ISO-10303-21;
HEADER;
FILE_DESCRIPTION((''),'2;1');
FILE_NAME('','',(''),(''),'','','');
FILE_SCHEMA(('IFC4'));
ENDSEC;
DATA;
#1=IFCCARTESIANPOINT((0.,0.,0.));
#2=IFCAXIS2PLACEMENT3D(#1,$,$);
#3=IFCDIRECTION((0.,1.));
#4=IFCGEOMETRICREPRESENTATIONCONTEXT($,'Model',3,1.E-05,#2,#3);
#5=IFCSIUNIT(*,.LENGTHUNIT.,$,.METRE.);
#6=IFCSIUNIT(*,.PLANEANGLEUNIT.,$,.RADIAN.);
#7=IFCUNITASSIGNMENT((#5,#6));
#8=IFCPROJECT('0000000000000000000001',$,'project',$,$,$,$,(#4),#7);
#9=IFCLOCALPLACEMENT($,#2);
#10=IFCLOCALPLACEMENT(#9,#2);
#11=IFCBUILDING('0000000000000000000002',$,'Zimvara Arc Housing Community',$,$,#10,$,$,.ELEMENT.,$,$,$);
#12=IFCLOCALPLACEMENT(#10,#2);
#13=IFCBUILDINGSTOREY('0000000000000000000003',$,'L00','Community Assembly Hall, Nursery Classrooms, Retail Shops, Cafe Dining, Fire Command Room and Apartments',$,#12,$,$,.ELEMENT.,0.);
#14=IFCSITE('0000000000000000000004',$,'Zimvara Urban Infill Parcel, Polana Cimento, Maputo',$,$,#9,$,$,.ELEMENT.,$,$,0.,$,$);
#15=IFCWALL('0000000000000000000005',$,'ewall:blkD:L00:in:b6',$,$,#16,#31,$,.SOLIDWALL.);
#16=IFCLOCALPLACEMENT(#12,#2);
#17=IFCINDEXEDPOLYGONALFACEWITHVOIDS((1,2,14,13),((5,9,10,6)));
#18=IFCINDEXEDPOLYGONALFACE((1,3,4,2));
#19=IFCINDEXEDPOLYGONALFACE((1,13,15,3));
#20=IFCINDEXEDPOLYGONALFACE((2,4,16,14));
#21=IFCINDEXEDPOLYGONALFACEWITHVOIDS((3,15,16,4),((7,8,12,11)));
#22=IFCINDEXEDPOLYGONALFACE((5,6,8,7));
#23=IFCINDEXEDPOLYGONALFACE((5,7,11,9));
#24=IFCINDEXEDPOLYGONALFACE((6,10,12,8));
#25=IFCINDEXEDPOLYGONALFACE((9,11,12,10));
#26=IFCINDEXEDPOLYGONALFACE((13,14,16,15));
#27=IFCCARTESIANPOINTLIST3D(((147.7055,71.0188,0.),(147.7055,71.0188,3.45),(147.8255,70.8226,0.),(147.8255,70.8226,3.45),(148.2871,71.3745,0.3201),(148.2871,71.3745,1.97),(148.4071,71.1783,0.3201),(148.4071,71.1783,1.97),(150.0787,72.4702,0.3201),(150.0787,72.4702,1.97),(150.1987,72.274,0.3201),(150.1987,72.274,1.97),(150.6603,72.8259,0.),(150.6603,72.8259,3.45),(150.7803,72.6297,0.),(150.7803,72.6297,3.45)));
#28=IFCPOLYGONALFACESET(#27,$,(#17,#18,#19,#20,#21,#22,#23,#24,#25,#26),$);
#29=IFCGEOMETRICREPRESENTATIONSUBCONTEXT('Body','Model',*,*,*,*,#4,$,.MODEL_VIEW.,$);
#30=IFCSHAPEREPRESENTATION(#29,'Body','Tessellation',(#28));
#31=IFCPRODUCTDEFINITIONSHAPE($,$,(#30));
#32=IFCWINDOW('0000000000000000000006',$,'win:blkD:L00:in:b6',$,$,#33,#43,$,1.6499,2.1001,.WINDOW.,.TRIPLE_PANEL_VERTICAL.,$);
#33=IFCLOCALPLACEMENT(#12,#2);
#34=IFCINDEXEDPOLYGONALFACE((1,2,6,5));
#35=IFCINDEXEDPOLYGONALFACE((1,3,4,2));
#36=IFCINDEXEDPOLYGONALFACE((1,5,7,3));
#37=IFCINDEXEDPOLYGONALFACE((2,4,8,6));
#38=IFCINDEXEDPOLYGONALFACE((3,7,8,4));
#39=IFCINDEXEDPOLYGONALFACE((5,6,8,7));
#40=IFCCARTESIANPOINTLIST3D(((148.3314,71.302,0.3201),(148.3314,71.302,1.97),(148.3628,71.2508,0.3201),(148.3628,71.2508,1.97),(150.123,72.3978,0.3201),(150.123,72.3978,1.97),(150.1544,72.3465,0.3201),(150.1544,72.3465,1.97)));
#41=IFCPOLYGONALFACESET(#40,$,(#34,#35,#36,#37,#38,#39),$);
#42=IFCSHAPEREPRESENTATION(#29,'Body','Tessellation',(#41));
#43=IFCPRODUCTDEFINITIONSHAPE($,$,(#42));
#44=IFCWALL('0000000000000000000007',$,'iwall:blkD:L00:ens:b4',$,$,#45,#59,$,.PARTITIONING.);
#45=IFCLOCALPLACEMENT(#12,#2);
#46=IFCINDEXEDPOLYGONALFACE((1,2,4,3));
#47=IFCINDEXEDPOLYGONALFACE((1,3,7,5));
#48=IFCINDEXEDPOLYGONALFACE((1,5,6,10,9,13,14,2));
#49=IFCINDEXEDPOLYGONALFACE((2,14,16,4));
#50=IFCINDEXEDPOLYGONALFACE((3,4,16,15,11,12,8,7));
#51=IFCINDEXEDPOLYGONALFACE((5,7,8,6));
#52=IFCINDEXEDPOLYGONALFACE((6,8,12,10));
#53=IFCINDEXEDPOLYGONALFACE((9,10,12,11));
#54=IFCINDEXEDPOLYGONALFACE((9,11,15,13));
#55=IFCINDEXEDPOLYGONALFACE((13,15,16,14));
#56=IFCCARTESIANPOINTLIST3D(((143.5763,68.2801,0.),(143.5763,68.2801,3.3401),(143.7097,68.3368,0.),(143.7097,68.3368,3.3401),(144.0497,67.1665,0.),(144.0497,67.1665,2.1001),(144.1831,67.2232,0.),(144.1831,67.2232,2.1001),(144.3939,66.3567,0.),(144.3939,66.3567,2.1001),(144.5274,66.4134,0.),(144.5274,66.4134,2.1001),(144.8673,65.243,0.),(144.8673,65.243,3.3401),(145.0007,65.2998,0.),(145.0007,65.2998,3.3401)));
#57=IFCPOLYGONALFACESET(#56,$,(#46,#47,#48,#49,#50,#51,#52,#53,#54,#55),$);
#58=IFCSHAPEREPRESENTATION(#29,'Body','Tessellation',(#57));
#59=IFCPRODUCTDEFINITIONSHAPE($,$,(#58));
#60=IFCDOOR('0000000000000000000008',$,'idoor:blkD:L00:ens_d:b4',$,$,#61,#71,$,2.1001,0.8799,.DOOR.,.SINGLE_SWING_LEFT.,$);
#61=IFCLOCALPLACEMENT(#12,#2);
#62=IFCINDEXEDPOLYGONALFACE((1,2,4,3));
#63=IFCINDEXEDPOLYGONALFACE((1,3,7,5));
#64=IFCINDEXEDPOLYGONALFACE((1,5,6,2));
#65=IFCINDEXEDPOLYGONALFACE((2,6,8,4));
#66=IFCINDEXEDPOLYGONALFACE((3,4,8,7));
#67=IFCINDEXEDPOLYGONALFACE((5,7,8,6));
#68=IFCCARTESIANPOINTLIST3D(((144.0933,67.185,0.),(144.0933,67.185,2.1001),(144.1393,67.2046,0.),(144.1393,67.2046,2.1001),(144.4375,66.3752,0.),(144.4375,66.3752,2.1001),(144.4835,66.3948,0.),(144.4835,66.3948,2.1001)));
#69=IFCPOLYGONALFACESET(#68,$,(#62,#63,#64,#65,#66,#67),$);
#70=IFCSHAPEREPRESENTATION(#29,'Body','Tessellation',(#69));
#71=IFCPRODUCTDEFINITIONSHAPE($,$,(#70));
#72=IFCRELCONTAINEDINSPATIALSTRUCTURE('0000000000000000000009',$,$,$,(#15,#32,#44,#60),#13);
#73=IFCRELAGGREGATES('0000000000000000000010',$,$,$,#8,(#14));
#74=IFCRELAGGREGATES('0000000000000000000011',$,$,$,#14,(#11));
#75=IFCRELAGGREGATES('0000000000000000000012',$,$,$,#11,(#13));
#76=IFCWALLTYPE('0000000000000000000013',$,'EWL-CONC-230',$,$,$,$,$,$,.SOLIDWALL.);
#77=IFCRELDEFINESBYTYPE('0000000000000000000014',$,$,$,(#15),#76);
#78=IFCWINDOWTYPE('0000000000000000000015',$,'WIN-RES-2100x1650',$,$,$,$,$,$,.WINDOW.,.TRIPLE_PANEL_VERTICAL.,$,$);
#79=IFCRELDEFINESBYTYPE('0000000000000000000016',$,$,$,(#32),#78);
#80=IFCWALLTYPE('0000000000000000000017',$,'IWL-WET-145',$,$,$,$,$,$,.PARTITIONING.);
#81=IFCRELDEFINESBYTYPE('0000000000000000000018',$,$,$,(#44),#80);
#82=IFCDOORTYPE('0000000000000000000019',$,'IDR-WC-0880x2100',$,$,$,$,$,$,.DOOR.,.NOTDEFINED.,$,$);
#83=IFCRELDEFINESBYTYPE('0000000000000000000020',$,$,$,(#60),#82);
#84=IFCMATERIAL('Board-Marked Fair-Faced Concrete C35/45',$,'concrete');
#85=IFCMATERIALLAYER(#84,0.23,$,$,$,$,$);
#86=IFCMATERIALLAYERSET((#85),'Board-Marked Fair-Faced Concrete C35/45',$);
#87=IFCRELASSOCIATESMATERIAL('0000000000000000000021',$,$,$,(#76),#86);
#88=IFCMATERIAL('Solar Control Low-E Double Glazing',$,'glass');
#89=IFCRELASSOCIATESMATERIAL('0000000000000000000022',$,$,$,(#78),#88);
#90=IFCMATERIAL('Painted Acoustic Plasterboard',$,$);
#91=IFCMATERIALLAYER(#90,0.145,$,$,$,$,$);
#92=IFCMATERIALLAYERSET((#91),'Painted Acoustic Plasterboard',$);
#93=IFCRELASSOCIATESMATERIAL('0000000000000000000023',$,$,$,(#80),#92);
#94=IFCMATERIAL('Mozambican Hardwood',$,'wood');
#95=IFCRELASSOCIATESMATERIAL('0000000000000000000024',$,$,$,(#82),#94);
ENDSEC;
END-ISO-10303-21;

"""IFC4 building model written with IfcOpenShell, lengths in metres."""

from ifc_helpers import new_model, si_unit, direction, frame, frame_2d, origin, place, context, subcontext, project, spatial, rectangle, extrude, material, layer, layer_set, type_object, element, fill, save


model = new_model("IFC4")

# Units and contexts
model_context = context("Model", 3, precision=1e-05, world=origin(), true_north=direction((0.0, 1.0)))
body_context = subcontext(model_context, "Body", "Model", "MODEL_VIEW")
ifc_project = project(units=[si_unit("LENGTHUNIT", "METRE"), si_unit("PLANEANGLEUNIT", "RADIAN")], contexts=[model_context])

# Site, building, storey
site_placement = place(None, origin())
site = spatial("IfcSite", under=ifc_project, at=site_placement, Name="Zimvara Urban Infill Parcel, Polana Cimento, Maputo", CompositionType="ELEMENT", RefElevation=0.0)
building_placement = place(site_placement, origin())
building = spatial("IfcBuilding", under=site, at=building_placement, Name="Zimvara Arc Housing Community", CompositionType="ELEMENT")
storey_placement = place(building_placement, origin())
storey = spatial("IfcBuildingStorey", under=building, at=storey_placement, Name="L00", Description="Community Assembly Hall, Nursery Classrooms, Retail Shops, Cafe Dining, Fire Command Room and Apartments", CompositionType="ELEMENT", Elevation=0.0)

# Wall, opening, window
ifc_material_1 = material(Name="Board-Marked Fair-Faced Concrete C35/45", Category="concrete")
ifc_layer_1 = layer(ifc_material_1, 0.23)
ifc_layer_set_1 = layer_set([ifc_layer_1], Name="Board-Marked Fair-Faced Concrete C35/45")
wall_type_1 = type_object("IfcWallType", Name="EWL-CONC-230", PredefinedType="SOLIDWALL", material=ifc_layer_set_1)
ifc_material_2 = material(Name="Solar Control Low-E Double Glazing", Category="glass")
window_type = type_object("IfcWindowType", Name="WIN-RES-2100x1650", PartitioningType="TRIPLE_PANEL_VERTICAL", PredefinedType="WINDOW", material=ifc_material_2)
wall_1_placement = place(storey_placement, frame((147.7654, 70.9207, 0.0), z_axis=(0.0, 0.0, 1.0), x_axis=(0.853102, 0.521744, 0.0)))
wall_1 = element("IfcWall", 1, at=wall_1_placement, inside=storey, type_object=wall_type_1, Name="ewall:blkD:L00:in:b6", PredefinedType="SOLIDWALL", context=body_context, shape_type="SweptSolid", body=[
    extrude(rectangle(XDim=3.4636, YDim=0.23, at=frame_2d((1.7319, 0.0))), origin(), (0.0, 0.0, 1.0), 3.45),
])
opening_1_placement = place(wall_1_placement, frame((0.6819, 0.0, 0.3201)))
opening_1 = element("IfcOpeningElement", 2, at=opening_1_placement, cuts=wall_1, PredefinedType="OPENING", context=body_context, shape_type="SweptSolid", body=[
    extrude(rectangle(XDim=2.1001, YDim=1.6499, at=frame_2d((1.05, 0.825))), frame((0.0, 0.125, 0.0), z_axis=(0.0, -1.0, 0.0), x_axis=(1.0, 0.0, 0.0)), (0.0, 0.0, 1.0), 0.25),
])
window_1_placement = place(opening_1_placement, origin())
window_1 = element("IfcWindow", 3, at=window_1_placement, inside=storey, type_object=window_type, Name="win:blkD:L00:in:b6", OverallHeight=1.6499, OverallWidth=2.1001, PartitioningType="TRIPLE_PANEL_VERTICAL", PredefinedType="WINDOW", context=body_context, shape_type="SweptSolid", body=[
    extrude(rectangle(XDim=2.1001, YDim=1.6499, at=frame_2d((1.05, 0.825))), frame((0.0, 0.03, 0.0), z_axis=(0.0, -1.0, 0.0), x_axis=(1.0, 0.0, 0.0)), (0.0, 0.0, 1.0), 0.0601),
])
fill(opening_1, window_1)

# Wall, opening, door
ifc_material_3 = material(Name="Painted Acoustic Plasterboard")
ifc_layer_2 = layer(ifc_material_3, 0.145)
ifc_layer_set_2 = layer_set([ifc_layer_2], Name="Painted Acoustic Plasterboard")
wall_type_2 = type_object("IfcWallType", Name="IWL-WET-145", PredefinedType="PARTITIONING", material=ifc_layer_set_2)
wall_2_placement = place(storey_placement, frame((143.6431, 68.3083, 0.0), z_axis=(0.0, 0.0, 1.0), x_axis=(0.391203, -0.920304, 0.0)))
wall_2 = element("IfcWall", 4, at=wall_2_placement, inside=storey, type_object=wall_type_2, Name="iwall:blkD:L00:ens:b4", PredefinedType="PARTITIONING", context=body_context, shape_type="SweptSolid", body=[
    extrude(rectangle(XDim=3.3, YDim=0.145, at=frame_2d((1.6499, 0.0))), origin(), (0.0, 0.0, 1.0), 3.3401),
])
opening_2_placement = place(wall_2_placement, frame((1.21, 0.0, 0.0)))
opening_2 = element("IfcOpeningElement", 5, at=opening_2_placement, cuts=wall_2, PredefinedType="OPENING", context=body_context, shape_type="SweptSolid", body=[
    extrude(rectangle(XDim=0.8799, YDim=2.1001, at=frame_2d((0.4399, 1.05))), frame((0.0, 0.0825, 0.0), z_axis=(0.0, -1.0, 0.0), x_axis=(1.0, 0.0, 0.0)), (0.0, 0.0, 1.0), 0.165),
])
ifc_material_4 = material(Name="Mozambican Hardwood", Category="wood")
door_type = type_object("IfcDoorType", Name="IDR-WC-0880x2100", OperationType="NOTDEFINED", PredefinedType="DOOR", material=ifc_material_4)
door_placement = place(opening_2_placement, origin())
door = element("IfcDoor", 6, at=door_placement, inside=storey, type_object=door_type, Name="idoor:blkD:L00:ens_d:b4", OperationType="SINGLE_SWING_LEFT", OverallHeight=2.1001, OverallWidth=0.8799, PredefinedType="DOOR", context=body_context, shape_type="SweptSolid", body=[
    extrude(rectangle(XDim=0.8799, YDim=2.1001, at=frame_2d((0.4399, 1.05))), frame((0.0, 0.0249, 0.0), z_axis=(0.0, -1.0, 0.0), x_axis=(1.0, 0.0, 0.0)), (0.0, 0.0, 1.0), 0.05),
])
fill(opening_2, door)

save(model, "model.ifc")
